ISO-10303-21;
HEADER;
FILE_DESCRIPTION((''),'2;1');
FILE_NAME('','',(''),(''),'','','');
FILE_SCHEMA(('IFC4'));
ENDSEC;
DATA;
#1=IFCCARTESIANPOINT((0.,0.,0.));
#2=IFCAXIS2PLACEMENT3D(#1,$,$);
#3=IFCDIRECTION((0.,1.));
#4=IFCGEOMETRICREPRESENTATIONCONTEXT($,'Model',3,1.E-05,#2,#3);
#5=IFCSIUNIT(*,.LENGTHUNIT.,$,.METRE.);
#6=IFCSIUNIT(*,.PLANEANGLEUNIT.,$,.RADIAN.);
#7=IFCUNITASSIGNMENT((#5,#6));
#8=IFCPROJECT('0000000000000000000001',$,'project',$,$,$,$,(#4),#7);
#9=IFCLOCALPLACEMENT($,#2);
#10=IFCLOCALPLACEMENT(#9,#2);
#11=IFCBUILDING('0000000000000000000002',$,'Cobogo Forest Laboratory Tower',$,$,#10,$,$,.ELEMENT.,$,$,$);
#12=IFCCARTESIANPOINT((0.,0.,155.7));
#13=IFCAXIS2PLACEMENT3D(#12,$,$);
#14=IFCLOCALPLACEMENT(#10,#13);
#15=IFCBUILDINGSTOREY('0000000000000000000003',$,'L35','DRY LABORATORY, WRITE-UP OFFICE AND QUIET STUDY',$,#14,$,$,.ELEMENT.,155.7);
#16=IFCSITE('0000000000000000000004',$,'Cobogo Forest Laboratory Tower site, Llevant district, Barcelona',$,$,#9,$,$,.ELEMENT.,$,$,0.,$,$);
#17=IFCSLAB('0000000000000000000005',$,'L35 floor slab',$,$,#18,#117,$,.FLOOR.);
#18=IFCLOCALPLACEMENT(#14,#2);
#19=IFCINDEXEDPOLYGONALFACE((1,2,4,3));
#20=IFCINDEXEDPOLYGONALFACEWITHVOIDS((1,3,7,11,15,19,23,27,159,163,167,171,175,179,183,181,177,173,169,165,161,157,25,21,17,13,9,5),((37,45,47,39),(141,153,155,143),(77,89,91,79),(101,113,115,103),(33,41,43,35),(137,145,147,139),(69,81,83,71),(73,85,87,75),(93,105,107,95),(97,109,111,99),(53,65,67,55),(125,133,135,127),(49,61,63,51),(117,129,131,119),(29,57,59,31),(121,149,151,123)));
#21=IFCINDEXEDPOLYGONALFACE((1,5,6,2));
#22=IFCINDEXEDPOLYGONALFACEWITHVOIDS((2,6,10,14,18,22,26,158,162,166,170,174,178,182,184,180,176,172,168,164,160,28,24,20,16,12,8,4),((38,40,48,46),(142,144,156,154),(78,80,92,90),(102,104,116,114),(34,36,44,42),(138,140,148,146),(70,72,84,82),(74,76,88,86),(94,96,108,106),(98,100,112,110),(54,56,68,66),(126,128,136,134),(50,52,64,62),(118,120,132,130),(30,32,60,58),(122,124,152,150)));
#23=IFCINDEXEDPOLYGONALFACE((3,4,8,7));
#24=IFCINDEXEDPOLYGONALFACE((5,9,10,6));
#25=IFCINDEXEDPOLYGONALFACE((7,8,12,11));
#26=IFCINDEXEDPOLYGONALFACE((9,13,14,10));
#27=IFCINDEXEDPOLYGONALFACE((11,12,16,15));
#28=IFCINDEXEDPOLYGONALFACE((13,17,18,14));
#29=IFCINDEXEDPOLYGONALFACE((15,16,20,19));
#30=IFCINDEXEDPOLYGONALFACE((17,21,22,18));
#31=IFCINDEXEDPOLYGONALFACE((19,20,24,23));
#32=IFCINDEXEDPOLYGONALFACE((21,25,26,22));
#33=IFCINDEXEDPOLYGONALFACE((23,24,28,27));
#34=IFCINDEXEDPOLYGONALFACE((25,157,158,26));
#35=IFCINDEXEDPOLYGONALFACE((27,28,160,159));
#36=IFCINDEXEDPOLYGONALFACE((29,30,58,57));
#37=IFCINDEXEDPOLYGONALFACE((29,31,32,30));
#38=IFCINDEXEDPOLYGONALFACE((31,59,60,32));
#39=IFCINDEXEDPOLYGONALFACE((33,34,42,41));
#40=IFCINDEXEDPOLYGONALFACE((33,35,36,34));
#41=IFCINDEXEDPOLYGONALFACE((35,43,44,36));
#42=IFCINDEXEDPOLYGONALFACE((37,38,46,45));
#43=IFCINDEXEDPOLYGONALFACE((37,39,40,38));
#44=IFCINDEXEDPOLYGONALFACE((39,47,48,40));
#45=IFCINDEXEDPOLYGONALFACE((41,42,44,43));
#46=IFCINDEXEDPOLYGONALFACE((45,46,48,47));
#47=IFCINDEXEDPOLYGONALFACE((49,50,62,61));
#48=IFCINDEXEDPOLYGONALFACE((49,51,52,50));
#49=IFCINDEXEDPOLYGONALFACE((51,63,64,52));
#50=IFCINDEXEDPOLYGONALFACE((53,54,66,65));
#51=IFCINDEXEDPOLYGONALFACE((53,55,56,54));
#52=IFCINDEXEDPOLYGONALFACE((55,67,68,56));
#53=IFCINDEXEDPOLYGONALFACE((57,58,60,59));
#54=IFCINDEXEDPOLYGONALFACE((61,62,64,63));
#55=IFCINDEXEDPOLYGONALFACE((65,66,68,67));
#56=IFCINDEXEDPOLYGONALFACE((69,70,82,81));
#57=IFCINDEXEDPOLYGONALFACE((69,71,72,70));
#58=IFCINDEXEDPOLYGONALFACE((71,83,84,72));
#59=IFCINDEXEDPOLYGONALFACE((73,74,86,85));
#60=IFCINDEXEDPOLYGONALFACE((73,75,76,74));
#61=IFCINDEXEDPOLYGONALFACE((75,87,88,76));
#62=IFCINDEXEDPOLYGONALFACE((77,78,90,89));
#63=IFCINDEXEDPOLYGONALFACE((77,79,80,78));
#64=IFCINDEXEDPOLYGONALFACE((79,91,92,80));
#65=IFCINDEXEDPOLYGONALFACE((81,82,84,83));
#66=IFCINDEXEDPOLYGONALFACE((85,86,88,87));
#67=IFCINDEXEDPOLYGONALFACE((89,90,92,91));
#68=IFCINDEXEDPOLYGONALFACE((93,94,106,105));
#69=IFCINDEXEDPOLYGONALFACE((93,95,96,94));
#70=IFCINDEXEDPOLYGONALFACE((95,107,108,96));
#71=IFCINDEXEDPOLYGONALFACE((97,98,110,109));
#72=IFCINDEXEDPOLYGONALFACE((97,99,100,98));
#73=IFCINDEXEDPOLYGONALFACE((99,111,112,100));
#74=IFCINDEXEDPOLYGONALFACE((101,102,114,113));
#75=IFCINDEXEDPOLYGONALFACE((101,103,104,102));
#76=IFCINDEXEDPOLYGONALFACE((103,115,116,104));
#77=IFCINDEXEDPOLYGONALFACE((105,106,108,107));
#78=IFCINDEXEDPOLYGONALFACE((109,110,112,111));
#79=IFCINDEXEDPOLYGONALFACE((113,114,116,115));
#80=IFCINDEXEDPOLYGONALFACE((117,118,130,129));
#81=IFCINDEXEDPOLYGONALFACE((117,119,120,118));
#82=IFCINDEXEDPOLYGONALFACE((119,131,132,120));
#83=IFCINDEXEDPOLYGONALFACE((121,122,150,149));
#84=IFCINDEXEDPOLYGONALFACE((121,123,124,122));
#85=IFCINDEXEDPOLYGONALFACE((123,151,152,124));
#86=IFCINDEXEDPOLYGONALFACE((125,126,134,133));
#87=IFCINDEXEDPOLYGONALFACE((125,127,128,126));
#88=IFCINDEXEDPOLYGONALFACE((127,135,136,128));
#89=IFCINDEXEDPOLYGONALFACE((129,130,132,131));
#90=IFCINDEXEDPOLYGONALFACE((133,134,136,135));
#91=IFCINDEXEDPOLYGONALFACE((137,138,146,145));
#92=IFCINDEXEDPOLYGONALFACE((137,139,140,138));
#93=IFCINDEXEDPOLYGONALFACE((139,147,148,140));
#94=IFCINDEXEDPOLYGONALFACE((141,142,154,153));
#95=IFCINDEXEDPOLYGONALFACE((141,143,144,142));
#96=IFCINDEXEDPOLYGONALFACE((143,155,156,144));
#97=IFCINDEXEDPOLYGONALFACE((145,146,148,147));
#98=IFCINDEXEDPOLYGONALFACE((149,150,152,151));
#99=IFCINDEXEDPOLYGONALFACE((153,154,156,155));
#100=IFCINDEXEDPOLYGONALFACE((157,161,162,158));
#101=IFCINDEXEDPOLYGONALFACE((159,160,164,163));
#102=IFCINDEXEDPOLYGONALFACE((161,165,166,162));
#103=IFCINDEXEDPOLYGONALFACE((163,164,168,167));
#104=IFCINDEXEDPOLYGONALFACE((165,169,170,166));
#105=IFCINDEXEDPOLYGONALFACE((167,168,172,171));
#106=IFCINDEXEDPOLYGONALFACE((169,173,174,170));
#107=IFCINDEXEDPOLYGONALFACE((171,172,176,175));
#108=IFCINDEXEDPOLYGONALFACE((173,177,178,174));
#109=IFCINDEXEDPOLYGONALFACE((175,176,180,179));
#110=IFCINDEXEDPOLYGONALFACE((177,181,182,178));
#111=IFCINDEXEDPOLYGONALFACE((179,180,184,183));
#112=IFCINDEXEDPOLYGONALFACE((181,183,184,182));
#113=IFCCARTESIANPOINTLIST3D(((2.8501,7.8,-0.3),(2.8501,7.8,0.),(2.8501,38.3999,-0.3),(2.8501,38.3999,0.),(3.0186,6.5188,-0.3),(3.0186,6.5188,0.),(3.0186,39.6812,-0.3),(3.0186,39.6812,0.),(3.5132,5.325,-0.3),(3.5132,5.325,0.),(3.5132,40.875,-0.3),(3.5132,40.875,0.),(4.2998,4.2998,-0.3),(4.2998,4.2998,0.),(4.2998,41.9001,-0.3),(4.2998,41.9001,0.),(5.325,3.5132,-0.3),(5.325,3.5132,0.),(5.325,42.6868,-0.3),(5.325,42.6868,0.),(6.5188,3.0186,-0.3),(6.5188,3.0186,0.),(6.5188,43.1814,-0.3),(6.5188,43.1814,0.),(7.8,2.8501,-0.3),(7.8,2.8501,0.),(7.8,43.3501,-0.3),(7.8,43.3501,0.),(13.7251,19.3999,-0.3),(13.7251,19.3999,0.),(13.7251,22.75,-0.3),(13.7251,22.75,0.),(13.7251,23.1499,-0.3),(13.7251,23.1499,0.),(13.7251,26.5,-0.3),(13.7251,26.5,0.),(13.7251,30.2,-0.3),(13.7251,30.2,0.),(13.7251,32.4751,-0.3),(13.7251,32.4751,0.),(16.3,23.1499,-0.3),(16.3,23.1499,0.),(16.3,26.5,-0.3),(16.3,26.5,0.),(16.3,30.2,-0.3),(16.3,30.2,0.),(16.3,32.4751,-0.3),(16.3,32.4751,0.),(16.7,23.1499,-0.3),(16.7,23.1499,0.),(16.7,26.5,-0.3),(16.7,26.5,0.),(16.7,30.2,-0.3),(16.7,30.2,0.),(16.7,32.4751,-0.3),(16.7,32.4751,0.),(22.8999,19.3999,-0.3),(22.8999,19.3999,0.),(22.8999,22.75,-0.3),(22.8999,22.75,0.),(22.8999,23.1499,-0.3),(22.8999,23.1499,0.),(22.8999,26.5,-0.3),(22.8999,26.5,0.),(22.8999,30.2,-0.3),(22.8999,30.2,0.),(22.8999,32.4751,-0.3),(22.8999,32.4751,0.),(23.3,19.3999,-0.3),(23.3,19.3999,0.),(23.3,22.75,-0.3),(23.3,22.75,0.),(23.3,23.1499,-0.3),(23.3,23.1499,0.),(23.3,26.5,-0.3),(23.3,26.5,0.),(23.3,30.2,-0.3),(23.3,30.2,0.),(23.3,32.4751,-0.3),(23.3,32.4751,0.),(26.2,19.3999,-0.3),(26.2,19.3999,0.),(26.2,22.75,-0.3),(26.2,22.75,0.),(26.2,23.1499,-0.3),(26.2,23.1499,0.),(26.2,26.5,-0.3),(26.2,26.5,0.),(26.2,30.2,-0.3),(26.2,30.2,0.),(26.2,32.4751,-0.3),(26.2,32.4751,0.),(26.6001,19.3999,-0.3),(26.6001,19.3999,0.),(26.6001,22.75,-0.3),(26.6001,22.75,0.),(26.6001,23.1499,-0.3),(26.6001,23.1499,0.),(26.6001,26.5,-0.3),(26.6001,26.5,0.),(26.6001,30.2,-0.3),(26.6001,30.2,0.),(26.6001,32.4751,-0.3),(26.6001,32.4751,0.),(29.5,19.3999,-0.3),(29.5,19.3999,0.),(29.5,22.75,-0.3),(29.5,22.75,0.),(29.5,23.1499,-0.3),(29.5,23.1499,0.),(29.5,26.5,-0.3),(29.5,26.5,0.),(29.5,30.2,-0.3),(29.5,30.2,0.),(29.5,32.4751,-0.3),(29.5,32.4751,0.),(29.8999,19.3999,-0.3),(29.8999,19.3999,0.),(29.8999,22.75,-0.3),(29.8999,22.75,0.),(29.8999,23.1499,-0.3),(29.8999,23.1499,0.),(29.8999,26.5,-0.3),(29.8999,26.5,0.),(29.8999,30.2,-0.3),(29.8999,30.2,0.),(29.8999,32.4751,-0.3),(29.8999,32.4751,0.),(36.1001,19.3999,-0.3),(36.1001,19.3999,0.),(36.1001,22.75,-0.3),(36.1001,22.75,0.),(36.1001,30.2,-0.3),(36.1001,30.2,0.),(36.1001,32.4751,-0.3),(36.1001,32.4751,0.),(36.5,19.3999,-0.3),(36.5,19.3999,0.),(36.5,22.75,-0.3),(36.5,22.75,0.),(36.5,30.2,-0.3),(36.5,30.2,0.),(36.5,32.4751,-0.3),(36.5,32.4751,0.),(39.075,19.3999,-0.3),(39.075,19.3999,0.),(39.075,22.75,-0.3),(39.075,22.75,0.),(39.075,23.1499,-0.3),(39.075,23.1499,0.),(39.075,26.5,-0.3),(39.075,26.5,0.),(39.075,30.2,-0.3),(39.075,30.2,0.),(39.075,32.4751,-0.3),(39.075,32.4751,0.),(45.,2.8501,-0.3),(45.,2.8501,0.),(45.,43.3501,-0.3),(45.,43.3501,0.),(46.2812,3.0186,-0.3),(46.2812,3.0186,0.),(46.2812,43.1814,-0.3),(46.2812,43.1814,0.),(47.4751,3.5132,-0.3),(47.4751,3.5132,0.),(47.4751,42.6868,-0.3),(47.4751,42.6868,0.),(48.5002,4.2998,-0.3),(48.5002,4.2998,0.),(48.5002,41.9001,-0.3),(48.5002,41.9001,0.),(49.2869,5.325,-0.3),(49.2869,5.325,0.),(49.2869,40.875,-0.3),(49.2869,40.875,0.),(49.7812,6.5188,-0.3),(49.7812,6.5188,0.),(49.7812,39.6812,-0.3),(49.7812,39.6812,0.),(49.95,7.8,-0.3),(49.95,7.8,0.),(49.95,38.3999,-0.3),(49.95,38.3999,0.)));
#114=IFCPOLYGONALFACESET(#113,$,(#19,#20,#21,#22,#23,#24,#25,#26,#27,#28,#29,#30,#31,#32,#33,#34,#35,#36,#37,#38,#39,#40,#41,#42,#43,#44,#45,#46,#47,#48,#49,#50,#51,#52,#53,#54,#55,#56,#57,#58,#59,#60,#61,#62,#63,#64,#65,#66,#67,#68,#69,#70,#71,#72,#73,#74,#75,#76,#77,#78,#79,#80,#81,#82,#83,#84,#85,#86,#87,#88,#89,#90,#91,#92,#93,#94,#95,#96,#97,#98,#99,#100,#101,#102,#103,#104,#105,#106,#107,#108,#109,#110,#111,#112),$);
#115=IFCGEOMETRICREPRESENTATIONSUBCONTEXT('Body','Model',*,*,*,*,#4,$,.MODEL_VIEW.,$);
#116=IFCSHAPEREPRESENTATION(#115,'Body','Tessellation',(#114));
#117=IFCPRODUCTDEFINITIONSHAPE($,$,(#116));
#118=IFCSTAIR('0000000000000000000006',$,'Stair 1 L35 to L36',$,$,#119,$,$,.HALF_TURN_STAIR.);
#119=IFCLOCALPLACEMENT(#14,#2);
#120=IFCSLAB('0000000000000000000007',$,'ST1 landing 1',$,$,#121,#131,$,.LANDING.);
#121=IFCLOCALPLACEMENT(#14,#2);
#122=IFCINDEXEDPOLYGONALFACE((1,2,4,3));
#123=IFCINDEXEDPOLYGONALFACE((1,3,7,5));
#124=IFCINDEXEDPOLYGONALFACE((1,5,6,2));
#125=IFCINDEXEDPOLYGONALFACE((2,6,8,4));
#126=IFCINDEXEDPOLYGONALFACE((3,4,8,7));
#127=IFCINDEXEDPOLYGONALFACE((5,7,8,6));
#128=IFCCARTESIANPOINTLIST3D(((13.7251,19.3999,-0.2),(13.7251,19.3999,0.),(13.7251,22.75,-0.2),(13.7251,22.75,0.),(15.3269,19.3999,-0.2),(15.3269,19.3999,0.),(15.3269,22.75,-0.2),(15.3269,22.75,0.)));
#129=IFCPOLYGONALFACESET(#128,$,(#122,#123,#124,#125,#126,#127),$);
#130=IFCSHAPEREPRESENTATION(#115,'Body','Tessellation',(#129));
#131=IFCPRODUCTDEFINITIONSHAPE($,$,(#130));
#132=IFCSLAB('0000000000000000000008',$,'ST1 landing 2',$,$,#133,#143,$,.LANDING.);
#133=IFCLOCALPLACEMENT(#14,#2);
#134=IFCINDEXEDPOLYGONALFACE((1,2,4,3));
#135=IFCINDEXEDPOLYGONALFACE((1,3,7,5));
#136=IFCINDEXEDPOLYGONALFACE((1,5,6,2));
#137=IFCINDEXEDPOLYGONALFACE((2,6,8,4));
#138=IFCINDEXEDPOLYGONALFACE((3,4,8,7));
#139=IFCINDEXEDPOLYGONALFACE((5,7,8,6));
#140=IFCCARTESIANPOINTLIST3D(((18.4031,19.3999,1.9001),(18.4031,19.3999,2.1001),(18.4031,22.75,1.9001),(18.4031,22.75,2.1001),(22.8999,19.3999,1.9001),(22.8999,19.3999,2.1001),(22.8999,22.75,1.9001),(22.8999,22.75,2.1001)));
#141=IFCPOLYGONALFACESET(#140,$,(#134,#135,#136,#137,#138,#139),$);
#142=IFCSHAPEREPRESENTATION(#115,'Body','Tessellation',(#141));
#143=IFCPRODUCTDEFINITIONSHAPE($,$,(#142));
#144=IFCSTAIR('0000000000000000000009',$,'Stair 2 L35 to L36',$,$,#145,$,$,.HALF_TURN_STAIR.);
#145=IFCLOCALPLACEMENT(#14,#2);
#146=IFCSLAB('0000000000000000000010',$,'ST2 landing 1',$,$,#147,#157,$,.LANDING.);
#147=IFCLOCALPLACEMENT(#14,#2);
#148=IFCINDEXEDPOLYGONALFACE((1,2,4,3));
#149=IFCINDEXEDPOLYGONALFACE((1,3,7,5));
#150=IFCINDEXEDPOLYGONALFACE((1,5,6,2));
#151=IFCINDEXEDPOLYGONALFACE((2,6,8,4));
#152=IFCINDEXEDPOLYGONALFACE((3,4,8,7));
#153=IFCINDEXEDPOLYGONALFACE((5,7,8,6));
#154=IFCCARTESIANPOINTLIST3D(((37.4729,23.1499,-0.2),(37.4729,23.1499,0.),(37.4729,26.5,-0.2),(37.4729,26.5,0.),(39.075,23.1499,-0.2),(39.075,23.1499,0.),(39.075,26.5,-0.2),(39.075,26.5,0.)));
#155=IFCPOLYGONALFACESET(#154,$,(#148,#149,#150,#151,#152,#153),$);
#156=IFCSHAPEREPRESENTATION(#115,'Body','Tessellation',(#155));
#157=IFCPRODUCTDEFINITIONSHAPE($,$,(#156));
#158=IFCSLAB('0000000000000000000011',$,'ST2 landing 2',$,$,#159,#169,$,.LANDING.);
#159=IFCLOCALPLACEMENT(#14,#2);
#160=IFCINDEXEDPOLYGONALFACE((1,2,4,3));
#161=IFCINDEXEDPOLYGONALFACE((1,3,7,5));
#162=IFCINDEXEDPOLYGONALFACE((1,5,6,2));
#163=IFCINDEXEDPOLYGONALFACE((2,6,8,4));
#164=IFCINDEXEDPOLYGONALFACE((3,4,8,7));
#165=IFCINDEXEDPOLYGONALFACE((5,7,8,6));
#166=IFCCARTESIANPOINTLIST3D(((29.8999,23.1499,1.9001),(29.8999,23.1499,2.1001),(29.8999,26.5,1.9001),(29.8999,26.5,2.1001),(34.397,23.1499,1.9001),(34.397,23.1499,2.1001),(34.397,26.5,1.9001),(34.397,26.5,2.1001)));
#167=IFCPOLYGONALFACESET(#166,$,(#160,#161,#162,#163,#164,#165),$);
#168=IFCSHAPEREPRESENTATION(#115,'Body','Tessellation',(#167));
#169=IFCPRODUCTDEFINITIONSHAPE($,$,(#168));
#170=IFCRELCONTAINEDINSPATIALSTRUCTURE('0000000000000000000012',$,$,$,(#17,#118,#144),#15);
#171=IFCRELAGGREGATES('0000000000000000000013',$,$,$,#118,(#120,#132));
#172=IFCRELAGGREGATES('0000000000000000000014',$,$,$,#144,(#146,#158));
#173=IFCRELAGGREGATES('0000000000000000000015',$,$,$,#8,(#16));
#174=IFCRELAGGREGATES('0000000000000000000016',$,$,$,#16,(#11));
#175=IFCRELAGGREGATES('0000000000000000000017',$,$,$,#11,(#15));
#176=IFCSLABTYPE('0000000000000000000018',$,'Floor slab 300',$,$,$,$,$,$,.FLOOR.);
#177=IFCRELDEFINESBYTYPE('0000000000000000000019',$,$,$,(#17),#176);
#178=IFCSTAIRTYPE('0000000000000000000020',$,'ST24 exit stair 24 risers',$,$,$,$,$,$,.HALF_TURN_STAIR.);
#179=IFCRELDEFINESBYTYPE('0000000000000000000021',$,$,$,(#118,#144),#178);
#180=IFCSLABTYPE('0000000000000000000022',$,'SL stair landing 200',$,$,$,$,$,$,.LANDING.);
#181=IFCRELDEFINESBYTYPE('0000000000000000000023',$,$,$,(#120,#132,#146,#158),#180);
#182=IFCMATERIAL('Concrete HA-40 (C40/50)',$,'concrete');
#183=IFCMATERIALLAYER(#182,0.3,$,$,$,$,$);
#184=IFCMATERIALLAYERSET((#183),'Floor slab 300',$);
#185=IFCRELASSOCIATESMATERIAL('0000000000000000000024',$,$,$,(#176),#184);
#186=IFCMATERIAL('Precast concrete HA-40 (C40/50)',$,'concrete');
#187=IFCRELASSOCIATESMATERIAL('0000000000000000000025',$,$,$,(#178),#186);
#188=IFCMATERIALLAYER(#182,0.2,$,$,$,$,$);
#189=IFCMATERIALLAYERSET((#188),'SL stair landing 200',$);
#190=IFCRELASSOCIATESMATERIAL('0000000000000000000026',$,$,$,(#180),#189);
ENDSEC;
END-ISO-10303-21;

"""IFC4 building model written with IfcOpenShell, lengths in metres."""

from ifc_helpers import new_model, si_unit, direction, frame, origin, place, context, subcontext, project, spatial, polyline, outline, extrude, material, layer, layer_set, type_object, element, aggregate, save


model = new_model("IFC4")

# Units and contexts
model_context = context("Model", 3, precision=1e-05, world=origin(), true_north=direction((0.0, 1.0)))
body_context = subcontext(model_context, "Body", "Model", "MODEL_VIEW")
ifc_project = project(units=[si_unit("LENGTHUNIT", "METRE"), si_unit("PLANEANGLEUNIT", "RADIAN")], contexts=[model_context])

# Site, building, storey
site_placement = place(None, origin())
site = spatial("IfcSite", under=ifc_project, at=site_placement, Name="Cobogo Forest Laboratory Tower site, Llevant district, Barcelona", CompositionType="ELEMENT", RefElevation=0.0)
building_placement = place(site_placement, origin())
building = spatial("IfcBuilding", under=site, at=building_placement, Name="Cobogo Forest Laboratory Tower", CompositionType="ELEMENT")
storey_placement = place(building_placement, frame((0.0, 0.0, 155.7)))
storey = spatial("IfcBuildingStorey", under=building, at=storey_placement, Name="L35", Description="DRY LABORATORY, WRITE-UP OFFICE AND QUIET STUDY", CompositionType="ELEMENT", Elevation=155.7)

# Slab
ifc_material_1 = material(Name="Concrete HA-40 (C40/50)", Category="concrete")
ifc_layer_1 = layer(ifc_material_1, 0.3)
ifc_layer_set_1 = layer_set([ifc_layer_1], Name="Floor slab 300")
slab_type_1 = type_object("IfcSlabType", Name="Floor slab 300", PredefinedType="FLOOR", material=ifc_layer_set_1)
slab_1_placement = place(storey_placement, frame((0.0, 0.0, -0.3)))
element("IfcSlab", 1, at=slab_1_placement, inside=storey, type_object=slab_type_1, Name="L35 floor slab", PredefinedType="FLOOR", context=body_context, shape_type="SweptSolid", body=[
    extrude(outline(polyline([(45.0, 2.8501), (46.2812, 3.0186), (47.4751, 3.5132), (48.5002, 4.2998), (49.2869, 5.325), (49.7812, 6.5188), (49.95, 7.8), (49.95, 38.3999), (49.7812, 39.6812), (49.2869, 40.875), (48.5002, 41.9001), (47.4751, 42.6868), (46.2812, 43.1814), (45.0, 43.3501), (7.8, 43.3501), (6.5188, 43.1814), (5.325, 42.6868), (4.2998, 41.9001), (3.5132, 40.875), (3.0186, 39.6812), (2.8501, 38.3999), (2.8501, 7.8), (3.0186, 6.5188), (3.5132, 5.325), (4.2998, 4.2998), (5.325, 3.5132), (6.5188, 3.0186), (7.8, 2.8501), (45.0, 2.8501)]), holes=[polyline([(22.8999, 19.3999), (13.7251, 19.3999), (13.7251, 22.75), (22.8999, 22.75), (22.8999, 19.3999)]), polyline([(26.2, 19.3999), (23.3, 19.3999), (23.3, 22.75), (26.2, 22.75), (26.2, 19.3999)]), polyline([(29.5, 19.3999), (26.6001, 19.3999), (26.6001, 22.75), (29.5, 22.75), (29.5, 19.3999)]), polyline([(36.1001, 22.75), (36.1001, 19.3999), (29.8999, 19.3999), (29.8999, 22.75), (36.1001, 22.75)]), polyline([(36.5, 19.3999), (36.5, 22.75), (39.075, 22.75), (39.075, 19.3999), (36.5, 19.3999)]), polyline([(16.3, 23.1499), (13.7251, 23.1499), (13.7251, 26.5), (16.3, 26.5), (16.3, 23.1499)]), polyline([(22.8999, 26.5), (22.8999, 23.1499), (16.7, 23.1499), (16.7, 26.5), (22.8999, 26.5)]), polyline([(26.2, 23.1499), (23.3, 23.1499), (23.3, 26.5), (26.2, 26.5), (26.2, 23.1499)]), polyline([(26.6001, 23.1499), (26.6001, 26.5), (29.5, 26.5), (29.5, 23.1499), (26.6001, 23.1499)]), polyline([(39.075, 23.1499), (29.8999, 23.1499), (29.8999, 26.5), (39.075, 26.5), (39.075, 23.1499)]), polyline([(16.3, 30.2), (13.7251, 30.2), (13.7251, 32.4751), (16.3, 32.4751), (16.3, 30.2)]), polyline([(22.8999, 32.4751), (22.8999, 30.2), (16.7, 30.2), (16.7, 32.4751), (22.8999, 32.4751)]), polyline([(23.3, 30.2), (23.3, 32.4751), (26.2, 32.4751), (26.2, 30.2), (23.3, 30.2)]), polyline([(29.5, 30.2), (26.6001, 30.2), (26.6001, 32.4751), (29.5, 32.4751), (29.5, 30.2)]), polyline([(36.1001, 32.4751), (36.1001, 30.2), (29.8999, 30.2), (29.8999, 32.4751), (36.1001, 32.4751)]), polyline([(36.5, 30.2), (36.5, 32.4751), (39.075, 32.4751), (39.075, 30.2), (36.5, 30.2)])]), origin(), (0.0, 0.0, 1.0), 0.3),
])

# Stairs, slabs
ifc_material_2 = material(Name="Precast concrete HA-40 (C40/50)", Category="concrete")
stair_type = type_object("IfcStairType", Name="ST24 exit stair 24 risers", PredefinedType="HALF_TURN_STAIR", material=ifc_material_2)
stair_1_placement = place(storey_placement, origin())
stair_1 = element("IfcStair", 2, at=stair_1_placement, inside=storey, type_object=stair_type, Name="Stair 1 L35 to L36", PredefinedType="HALF_TURN_STAIR")
ifc_layer_2 = layer(ifc_material_1, 0.2)
ifc_layer_set_2 = layer_set([ifc_layer_2], Name="SL stair landing 200")
slab_type_2 = type_object("IfcSlabType", Name="SL stair landing 200", PredefinedType="LANDING", material=ifc_layer_set_2)
slab_2_placement = place(storey_placement, frame((0.0, 0.0, -0.2)))
slab_2 = element("IfcSlab", 3, at=slab_2_placement, type_object=slab_type_2, Name="ST1 landing 1", PredefinedType="LANDING", context=body_context, shape_type="SweptSolid", body=[
    extrude(outline(polyline([(13.7251, 19.3999), (15.3269, 19.3999), (15.3269, 22.75), (13.7251, 22.75), (13.7251, 19.3999)])), origin(), (0.0, 0.0, 1.0), 0.2),
])
slab_3_placement = place(storey_placement, frame((0.0, 0.0, 1.9001)))
slab_3 = element("IfcSlab", 4, at=slab_3_placement, type_object=slab_type_2, Name="ST1 landing 2", PredefinedType="LANDING", context=body_context, shape_type="SweptSolid", body=[
    extrude(outline(polyline([(18.4031, 19.3999), (22.8999, 19.3999), (22.8999, 22.75), (18.4031, 22.75), (18.4031, 19.3999)])), origin(), (0.0, 0.0, 1.0), 0.2),
])
aggregate(stair_1, [slab_2, slab_3])
stair_2_placement = place(storey_placement, origin())
stair_2 = element("IfcStair", 5, at=stair_2_placement, inside=storey, type_object=stair_type, Name="Stair 2 L35 to L36", PredefinedType="HALF_TURN_STAIR")
slab_4_placement = place(storey_placement, frame((0.0, 0.0, -0.2)))
slab_4 = element("IfcSlab", 6, at=slab_4_placement, type_object=slab_type_2, Name="ST2 landing 1", PredefinedType="LANDING", context=body_context, shape_type="SweptSolid", body=[
    extrude(outline(polyline([(37.4729, 23.1499), (39.075, 23.1499), (39.075, 26.5), (37.4729, 26.5), (37.4729, 23.1499)])), origin(), (0.0, 0.0, 1.0), 0.2),
])
slab_5_placement = place(storey_placement, frame((0.0, 0.0, 1.9001)))
slab_5 = element("IfcSlab", 7, at=slab_5_placement, type_object=slab_type_2, Name="ST2 landing 2", PredefinedType="LANDING", context=body_context, shape_type="SweptSolid", body=[
    extrude(outline(polyline([(29.8999, 23.1499), (34.397, 23.1499), (34.397, 26.5), (29.8999, 26.5), (29.8999, 23.1499)])), origin(), (0.0, 0.0, 1.0), 0.2),
])
aggregate(stair_2, [slab_4, slab_5])

save(model, "model.ifc")
